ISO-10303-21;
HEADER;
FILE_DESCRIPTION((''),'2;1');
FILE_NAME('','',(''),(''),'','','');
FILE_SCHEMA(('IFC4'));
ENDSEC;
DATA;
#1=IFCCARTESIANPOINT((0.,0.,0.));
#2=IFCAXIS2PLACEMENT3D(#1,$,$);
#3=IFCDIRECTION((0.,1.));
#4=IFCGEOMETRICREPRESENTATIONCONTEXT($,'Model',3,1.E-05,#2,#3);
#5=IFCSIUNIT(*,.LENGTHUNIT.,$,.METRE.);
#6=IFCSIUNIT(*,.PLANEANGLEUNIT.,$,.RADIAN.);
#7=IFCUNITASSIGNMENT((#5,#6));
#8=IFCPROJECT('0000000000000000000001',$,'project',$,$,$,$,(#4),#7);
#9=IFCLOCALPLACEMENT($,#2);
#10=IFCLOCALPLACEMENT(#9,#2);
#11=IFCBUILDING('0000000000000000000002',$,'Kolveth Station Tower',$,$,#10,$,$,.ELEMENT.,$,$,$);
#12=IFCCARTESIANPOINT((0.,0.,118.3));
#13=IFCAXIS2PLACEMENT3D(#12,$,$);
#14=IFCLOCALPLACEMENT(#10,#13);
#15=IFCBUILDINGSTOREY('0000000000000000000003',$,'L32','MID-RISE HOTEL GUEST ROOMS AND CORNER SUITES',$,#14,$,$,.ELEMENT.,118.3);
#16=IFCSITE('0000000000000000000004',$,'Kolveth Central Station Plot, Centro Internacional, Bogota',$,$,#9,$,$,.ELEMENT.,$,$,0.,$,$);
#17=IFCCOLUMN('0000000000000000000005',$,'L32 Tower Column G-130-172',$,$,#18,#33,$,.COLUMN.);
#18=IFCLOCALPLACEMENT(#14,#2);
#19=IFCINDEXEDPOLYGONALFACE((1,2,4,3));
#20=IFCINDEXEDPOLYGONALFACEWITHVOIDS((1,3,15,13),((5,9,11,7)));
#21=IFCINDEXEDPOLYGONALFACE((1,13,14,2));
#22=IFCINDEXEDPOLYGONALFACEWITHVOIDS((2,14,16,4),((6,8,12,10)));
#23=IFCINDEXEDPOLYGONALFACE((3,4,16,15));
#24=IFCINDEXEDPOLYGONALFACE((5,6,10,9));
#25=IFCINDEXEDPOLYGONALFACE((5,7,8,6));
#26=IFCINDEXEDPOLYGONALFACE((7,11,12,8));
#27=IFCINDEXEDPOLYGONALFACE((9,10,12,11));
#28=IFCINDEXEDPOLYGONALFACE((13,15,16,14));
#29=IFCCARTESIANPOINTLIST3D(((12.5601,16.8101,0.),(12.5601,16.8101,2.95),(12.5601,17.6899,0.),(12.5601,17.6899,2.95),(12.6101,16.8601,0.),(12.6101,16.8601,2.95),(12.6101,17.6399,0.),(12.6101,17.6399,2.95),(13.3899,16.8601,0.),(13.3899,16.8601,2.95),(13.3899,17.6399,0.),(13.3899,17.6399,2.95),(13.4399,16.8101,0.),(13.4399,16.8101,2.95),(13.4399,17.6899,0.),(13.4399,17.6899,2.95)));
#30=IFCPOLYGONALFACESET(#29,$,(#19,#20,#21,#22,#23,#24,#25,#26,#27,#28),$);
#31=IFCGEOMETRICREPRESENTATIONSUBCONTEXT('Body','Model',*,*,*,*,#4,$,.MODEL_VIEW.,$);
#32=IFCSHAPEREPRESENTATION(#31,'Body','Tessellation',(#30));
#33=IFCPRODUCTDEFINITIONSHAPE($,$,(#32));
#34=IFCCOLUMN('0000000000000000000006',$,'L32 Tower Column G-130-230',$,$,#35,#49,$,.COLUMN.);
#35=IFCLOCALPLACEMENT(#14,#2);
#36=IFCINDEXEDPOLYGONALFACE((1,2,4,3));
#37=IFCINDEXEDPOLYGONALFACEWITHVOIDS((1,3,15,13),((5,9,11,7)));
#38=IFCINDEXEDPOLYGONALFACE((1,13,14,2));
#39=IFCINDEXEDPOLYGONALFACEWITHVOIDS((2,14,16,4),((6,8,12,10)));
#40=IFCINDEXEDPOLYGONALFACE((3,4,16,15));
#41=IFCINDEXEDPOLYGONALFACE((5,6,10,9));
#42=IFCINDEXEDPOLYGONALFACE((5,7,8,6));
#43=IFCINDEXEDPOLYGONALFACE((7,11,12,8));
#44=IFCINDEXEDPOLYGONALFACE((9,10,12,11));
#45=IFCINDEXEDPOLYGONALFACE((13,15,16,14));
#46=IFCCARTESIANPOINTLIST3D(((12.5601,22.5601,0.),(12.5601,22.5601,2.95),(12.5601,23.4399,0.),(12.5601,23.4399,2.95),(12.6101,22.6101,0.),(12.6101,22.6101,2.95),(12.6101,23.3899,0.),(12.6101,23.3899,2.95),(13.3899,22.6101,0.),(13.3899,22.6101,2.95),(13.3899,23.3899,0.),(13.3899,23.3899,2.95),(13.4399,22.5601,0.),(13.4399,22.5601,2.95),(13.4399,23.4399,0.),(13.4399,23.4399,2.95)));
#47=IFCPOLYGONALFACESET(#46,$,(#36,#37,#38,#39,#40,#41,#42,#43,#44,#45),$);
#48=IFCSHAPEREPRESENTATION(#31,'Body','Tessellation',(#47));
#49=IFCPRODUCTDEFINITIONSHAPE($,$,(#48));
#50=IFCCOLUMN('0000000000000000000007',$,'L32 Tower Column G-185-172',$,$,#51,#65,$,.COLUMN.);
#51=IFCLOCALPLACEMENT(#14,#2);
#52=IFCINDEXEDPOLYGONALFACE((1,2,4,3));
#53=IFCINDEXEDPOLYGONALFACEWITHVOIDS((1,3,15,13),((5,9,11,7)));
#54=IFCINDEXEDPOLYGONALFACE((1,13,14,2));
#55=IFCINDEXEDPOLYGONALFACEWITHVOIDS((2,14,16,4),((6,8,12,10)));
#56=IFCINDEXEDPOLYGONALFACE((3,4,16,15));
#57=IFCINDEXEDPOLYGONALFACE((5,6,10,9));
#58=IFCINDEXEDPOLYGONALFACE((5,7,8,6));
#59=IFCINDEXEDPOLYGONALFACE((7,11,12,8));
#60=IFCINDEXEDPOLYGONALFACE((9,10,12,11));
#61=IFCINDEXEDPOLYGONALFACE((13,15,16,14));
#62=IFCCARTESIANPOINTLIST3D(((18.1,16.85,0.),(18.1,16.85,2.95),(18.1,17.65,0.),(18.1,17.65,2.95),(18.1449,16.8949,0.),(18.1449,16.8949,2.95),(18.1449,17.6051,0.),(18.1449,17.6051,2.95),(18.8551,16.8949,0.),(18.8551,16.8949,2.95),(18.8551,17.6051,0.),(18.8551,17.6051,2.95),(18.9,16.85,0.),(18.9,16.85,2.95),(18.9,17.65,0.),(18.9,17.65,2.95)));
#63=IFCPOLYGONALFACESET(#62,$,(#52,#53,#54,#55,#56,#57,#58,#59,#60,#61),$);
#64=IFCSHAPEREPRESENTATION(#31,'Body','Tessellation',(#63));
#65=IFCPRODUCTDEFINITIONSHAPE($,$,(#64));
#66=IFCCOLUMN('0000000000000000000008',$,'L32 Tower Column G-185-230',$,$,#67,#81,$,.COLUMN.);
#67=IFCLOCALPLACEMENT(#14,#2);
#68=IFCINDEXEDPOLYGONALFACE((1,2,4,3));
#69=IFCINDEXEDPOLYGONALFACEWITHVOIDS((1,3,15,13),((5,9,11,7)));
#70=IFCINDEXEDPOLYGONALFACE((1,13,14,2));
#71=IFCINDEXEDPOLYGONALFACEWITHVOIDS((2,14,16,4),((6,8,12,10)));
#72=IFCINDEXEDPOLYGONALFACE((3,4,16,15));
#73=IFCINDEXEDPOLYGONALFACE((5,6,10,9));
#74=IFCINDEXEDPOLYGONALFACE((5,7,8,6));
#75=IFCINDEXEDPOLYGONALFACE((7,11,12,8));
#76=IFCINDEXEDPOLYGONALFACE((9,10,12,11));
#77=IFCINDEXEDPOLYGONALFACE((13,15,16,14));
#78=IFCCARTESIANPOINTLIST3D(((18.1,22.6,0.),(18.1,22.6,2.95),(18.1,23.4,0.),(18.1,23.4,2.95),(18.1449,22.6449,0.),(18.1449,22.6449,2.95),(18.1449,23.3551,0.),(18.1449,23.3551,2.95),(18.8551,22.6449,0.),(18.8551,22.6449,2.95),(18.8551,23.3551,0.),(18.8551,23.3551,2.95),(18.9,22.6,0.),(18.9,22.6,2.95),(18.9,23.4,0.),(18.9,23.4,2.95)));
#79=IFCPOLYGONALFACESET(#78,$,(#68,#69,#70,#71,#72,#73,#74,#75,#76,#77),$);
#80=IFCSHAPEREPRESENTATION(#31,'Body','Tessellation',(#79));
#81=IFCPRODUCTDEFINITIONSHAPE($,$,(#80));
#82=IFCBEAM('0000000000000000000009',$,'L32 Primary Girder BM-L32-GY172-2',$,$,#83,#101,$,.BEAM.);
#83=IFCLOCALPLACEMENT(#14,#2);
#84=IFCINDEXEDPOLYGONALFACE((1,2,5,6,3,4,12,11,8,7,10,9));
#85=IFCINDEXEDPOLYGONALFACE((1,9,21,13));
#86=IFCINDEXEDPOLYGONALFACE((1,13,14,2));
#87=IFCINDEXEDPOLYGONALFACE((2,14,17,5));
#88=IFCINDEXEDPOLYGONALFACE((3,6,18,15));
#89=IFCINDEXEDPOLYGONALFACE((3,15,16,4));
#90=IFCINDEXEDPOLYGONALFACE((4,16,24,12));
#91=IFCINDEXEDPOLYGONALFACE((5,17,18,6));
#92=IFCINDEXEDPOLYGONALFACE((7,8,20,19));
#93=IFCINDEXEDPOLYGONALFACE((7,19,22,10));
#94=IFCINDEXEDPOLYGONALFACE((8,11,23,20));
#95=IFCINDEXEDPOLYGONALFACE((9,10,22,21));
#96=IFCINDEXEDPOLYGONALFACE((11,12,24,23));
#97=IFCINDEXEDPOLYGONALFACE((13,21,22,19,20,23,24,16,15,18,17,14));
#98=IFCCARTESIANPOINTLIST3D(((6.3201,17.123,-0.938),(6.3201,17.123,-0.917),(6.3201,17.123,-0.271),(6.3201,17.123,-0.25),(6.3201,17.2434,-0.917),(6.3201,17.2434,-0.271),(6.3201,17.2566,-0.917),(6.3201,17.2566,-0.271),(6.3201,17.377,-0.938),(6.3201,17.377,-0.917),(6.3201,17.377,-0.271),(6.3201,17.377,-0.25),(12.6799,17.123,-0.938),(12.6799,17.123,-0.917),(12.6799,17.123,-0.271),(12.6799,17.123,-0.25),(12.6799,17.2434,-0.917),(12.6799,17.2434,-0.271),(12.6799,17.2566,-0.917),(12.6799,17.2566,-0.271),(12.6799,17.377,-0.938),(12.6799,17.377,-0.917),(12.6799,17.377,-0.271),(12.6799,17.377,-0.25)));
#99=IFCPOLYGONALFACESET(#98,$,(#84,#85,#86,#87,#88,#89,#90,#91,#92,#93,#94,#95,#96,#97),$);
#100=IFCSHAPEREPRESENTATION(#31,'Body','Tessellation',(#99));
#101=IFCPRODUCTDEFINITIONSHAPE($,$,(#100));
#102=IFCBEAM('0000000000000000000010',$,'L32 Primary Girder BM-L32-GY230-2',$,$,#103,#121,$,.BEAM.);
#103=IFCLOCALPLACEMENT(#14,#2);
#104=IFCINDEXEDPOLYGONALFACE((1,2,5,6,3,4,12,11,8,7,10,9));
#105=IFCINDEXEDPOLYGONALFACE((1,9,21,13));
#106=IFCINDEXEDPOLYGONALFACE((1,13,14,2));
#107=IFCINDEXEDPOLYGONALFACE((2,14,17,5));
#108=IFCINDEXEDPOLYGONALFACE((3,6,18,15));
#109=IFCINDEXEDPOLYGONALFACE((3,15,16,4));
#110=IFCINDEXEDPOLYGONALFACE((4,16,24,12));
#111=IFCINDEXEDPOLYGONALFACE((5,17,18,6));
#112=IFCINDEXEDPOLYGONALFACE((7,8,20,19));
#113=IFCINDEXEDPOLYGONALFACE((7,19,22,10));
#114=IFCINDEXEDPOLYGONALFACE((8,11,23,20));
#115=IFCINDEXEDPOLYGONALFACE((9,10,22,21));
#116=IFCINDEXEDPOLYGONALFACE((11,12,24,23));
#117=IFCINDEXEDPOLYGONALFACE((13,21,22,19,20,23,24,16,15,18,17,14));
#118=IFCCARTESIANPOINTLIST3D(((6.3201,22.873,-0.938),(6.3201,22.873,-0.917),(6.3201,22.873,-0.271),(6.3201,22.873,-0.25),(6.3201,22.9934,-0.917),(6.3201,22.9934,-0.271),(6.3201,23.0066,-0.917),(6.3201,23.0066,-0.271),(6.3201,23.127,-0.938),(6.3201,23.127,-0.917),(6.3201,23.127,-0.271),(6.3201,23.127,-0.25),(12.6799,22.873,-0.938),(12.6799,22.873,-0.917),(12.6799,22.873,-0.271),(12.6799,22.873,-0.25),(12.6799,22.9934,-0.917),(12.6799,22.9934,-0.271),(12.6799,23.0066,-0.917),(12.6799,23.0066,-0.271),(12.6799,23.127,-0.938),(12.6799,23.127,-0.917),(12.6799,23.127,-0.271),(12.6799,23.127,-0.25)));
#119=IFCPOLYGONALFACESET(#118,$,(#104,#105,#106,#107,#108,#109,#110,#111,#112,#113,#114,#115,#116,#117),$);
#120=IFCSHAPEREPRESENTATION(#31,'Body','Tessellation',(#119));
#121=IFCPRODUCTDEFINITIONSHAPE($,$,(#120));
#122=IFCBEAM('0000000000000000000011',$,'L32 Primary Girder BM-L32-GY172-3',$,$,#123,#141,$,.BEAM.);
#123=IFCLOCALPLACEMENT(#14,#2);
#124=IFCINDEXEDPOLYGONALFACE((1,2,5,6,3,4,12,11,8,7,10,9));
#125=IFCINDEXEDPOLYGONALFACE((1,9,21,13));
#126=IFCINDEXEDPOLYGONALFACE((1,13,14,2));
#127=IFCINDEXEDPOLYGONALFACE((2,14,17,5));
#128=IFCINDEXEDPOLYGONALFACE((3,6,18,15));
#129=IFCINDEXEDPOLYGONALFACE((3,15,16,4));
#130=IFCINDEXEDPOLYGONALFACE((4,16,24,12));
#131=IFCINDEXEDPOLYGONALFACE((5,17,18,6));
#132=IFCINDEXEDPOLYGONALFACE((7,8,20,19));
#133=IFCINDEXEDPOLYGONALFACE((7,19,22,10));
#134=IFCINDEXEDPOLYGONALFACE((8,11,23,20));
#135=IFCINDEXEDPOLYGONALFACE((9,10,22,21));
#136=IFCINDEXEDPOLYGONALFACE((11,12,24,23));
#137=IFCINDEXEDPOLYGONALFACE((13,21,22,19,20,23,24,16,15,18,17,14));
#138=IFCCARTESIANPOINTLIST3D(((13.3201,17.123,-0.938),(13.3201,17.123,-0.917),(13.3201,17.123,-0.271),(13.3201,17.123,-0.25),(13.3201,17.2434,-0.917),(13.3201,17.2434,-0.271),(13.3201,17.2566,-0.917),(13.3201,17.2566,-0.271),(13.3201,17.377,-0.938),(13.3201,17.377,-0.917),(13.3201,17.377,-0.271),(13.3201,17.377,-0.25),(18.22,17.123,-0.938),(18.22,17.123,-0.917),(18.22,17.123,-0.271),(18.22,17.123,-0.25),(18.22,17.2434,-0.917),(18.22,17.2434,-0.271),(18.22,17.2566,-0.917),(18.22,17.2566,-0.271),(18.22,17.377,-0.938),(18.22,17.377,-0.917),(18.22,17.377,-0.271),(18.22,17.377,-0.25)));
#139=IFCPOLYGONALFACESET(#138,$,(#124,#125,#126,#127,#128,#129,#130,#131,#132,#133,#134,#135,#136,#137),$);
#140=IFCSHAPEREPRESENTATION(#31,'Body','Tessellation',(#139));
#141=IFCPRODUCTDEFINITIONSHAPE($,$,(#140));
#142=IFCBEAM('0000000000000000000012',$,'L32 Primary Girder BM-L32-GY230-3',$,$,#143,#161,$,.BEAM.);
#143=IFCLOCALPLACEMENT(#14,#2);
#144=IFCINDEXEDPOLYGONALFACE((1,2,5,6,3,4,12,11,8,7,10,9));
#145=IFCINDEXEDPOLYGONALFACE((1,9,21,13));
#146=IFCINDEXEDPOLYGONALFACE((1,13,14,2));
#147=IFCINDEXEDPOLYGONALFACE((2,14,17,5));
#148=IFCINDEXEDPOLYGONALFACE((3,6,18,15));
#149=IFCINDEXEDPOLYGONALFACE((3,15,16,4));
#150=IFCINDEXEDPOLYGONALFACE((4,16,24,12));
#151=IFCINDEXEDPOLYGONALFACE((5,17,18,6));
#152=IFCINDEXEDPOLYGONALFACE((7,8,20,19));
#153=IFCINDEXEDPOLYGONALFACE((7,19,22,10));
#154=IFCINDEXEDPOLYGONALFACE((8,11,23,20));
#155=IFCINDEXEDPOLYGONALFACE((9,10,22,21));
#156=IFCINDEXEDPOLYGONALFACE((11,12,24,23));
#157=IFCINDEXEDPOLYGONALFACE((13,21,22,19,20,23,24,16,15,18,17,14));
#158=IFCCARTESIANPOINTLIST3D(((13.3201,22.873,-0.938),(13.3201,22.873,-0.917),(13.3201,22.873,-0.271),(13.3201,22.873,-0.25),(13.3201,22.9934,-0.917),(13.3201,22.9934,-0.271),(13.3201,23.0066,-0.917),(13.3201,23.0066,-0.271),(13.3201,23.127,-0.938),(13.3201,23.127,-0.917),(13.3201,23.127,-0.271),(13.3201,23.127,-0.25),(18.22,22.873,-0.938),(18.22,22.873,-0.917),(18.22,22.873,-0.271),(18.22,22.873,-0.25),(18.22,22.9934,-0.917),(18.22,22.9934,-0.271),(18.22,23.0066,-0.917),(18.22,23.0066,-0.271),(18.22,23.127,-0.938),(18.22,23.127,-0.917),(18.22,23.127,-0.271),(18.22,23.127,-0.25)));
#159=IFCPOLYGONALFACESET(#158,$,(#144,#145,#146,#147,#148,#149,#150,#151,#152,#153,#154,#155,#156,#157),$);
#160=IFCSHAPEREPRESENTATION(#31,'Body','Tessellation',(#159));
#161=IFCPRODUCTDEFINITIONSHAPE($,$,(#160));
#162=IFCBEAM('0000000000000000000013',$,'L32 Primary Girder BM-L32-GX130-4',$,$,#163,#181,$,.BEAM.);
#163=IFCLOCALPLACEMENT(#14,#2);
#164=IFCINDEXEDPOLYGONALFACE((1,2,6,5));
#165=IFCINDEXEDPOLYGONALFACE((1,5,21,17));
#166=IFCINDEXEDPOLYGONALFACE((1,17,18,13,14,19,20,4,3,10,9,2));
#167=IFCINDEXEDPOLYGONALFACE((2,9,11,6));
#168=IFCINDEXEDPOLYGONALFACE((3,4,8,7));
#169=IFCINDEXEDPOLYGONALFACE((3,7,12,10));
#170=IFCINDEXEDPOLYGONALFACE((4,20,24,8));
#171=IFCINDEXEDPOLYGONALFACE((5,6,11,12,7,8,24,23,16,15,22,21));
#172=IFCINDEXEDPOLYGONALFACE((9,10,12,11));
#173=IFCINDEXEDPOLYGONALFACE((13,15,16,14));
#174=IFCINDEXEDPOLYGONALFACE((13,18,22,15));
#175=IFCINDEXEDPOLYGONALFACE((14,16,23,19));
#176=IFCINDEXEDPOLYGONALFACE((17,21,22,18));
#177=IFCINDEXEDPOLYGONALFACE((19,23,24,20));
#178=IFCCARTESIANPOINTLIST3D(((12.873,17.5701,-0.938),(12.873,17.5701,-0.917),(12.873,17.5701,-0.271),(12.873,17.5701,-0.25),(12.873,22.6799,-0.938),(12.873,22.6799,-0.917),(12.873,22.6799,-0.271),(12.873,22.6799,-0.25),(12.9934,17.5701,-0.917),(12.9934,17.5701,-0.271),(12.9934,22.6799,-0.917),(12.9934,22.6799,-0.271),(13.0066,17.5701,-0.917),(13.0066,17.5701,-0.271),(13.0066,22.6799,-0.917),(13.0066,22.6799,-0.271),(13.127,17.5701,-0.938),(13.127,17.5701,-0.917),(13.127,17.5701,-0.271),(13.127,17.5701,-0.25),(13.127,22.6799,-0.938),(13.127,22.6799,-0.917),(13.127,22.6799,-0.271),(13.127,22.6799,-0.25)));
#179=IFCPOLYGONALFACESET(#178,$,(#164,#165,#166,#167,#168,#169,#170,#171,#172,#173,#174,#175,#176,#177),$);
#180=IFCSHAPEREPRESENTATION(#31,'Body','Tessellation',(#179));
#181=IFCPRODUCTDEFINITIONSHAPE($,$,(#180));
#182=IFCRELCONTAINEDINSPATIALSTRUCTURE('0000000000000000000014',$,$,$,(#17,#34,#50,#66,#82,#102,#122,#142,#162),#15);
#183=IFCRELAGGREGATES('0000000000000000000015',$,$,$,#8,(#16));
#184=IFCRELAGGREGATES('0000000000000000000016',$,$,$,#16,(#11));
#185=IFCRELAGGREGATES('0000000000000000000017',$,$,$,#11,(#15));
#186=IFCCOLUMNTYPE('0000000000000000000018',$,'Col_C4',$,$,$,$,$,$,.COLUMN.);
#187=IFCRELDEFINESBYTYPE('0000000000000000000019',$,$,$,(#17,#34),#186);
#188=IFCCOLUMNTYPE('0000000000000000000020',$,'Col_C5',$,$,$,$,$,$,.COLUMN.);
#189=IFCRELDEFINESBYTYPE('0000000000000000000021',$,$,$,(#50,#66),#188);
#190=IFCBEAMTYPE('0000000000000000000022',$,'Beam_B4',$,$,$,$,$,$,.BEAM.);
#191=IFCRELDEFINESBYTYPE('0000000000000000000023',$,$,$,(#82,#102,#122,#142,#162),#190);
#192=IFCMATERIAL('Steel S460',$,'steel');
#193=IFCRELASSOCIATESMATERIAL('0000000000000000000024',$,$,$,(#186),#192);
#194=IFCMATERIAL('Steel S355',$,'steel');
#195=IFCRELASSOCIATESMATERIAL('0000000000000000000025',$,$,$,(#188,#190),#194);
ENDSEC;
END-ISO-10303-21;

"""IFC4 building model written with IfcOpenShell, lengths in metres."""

from ifc_helpers import new_model, si_unit, direction, frame, origin, origin_2d, place, context, subcontext, project, spatial, hollow_rectangle, i_section, extrude, source, transform, mapped, material, material_profile, profile_set, type_object, element, save


model = new_model("IFC4")

# Units and contexts
model_context = context("Model", 3, precision=1e-05, world=origin(), true_north=direction((0.0, 1.0)))
body_context = subcontext(model_context, "Body", "Model", "MODEL_VIEW")
ifc_project = project(units=[si_unit("LENGTHUNIT", "METRE"), si_unit("PLANEANGLEUNIT", "RADIAN")], contexts=[model_context])

# Site, building, storey
site_placement = place(None, origin())
site = spatial("IfcSite", under=ifc_project, at=site_placement, Name="Kolveth Central Station Plot, Centro Internacional, Bogota", CompositionType="ELEMENT", RefElevation=0.0)
building_placement = place(site_placement, origin())
building = spatial("IfcBuilding", under=site, at=building_placement, Name="Kolveth Station Tower", CompositionType="ELEMENT")
storey_placement = place(building_placement, frame((0.0, 0.0, 118.3)))
storey = spatial("IfcBuildingStorey", under=building, at=storey_placement, Name="L32", Description="MID-RISE HOTEL GUEST ROOMS AND CORNER SUITES", CompositionType="ELEMENT", Elevation=118.3)

# Columns
ifc_material_1 = material(Name="Steel S460", Category="steel")
ifc_material_profile_1 = material_profile(ifc_material_1, hollow_rectangle(XDim=0.8799, YDim=0.8799, WallThickness=0.05, at=origin_2d()), Name="BOX880x880x50")
ifc_profile_set_1 = profile_set([ifc_material_profile_1], Name="Steel S460")
column_type_1 = type_object("IfcColumnType", Name="Col_C4", PredefinedType="COLUMN", material=ifc_profile_set_1)
shared_shape_1 = source(origin(), body_context, "Body", "SweptSolid", [
    extrude(hollow_rectangle(XDim=0.8799, YDim=0.8799, WallThickness=0.05, at=origin_2d()), origin(), (0.0, 0.0, 1.0), 2.95),
])
for number, where, z_axis, x_axis, name in (
    (1, (13.0, 17.25, 0.0), (0.0, 0.0, 1.0), (1.0, 0.0, 0.0), "L32 Tower Column G-130-172"),
    (2, (13.0, 23.0, 0.0), (0.0, 0.0, 1.0), (1.0, 0.0, 0.0), "L32 Tower Column G-130-230"),
):
    element("IfcColumn", number, at=place(storey_placement, frame(where, z_axis=z_axis, x_axis=x_axis)), inside=storey, type_object=column_type_1, Name=name, PredefinedType="COLUMN", context=body_context, shape_type="MappedRepresentation", body=[
        mapped(shared_shape_1, transform((0.0, 0.0, 0.0), x_axis=(1.0, 0.0, 0.0), y_axis=(0.0, 1.0, 0.0), z_axis=(0.0, 0.0, 1.0), scale=1.0)),
    ])
ifc_material_2 = material(Name="Steel S355", Category="steel")
ifc_material_profile_2 = material_profile(ifc_material_2, hollow_rectangle(XDim=0.8, YDim=0.8, WallThickness=0.0449, at=origin_2d()), Name="BOX800x800x45")
ifc_profile_set_2 = profile_set([ifc_material_profile_2], Name="Steel S355")
column_type_2 = type_object("IfcColumnType", Name="Col_C5", PredefinedType="COLUMN", material=ifc_profile_set_2)
shared_shape_2 = source(origin(), body_context, "Body", "SweptSolid", [
    extrude(hollow_rectangle(XDim=0.8, YDim=0.8, WallThickness=0.0449, at=origin_2d()), origin(), (0.0, 0.0, 1.0), 2.95),
])
for number, where, z_axis, x_axis, name in (
    (3, (18.5, 17.25, 0.0), (0.0, 0.0, 1.0), (1.0, 0.0, 0.0), "L32 Tower Column G-185-172"),
    (4, (18.5, 23.0, 0.0), (0.0, 0.0, 1.0), (1.0, 0.0, 0.0), "L32 Tower Column G-185-230"),
):
    element("IfcColumn", number, at=place(storey_placement, frame(where, z_axis=z_axis, x_axis=x_axis)), inside=storey, type_object=column_type_2, Name=name, PredefinedType="COLUMN", context=body_context, shape_type="MappedRepresentation", body=[
        mapped(shared_shape_2, transform((0.0, 0.0, 0.0), x_axis=(1.0, 0.0, 0.0), y_axis=(0.0, 1.0, 0.0), z_axis=(0.0, 0.0, 1.0), scale=1.0)),
    ])

# Beams
ifc_material_profile_3 = material_profile(ifc_material_2, i_section(OverallWidth=0.2539, OverallDepth=0.688, WebThickness=0.0132, FlangeThickness=0.021, at=origin_2d()), Name="W690x152")
ifc_profile_set_3 = profile_set([ifc_material_profile_3], Name="Steel S355")
beam_type_1 = type_object("IfcBeamType", Name="Beam_B4", PredefinedType="BEAM", material=ifc_profile_set_3)
shared_shape_3 = source(origin(), body_context, "Body", "SweptSolid", [
    extrude(i_section(OverallWidth=0.2539, OverallDepth=0.688, WebThickness=0.0132, FlangeThickness=0.021, at=origin_2d()), origin(), (0.0, 0.0, 1.0), 6.3599),
])
for number, where, z_axis, x_axis, name in (
    (5, (6.3201, 17.25, -0.594), (1.0, 0.0, 0.0), (0.0, 1.0, 0.0), "L32 Primary Girder BM-L32-GY172-2"),
    (6, (6.3201, 23.0, -0.594), (1.0, 0.0, 0.0), (0.0, 1.0, 0.0), "L32 Primary Girder BM-L32-GY230-2"),
):
    element("IfcBeam", number, at=place(storey_placement, frame(where, z_axis=z_axis, x_axis=x_axis)), inside=storey, type_object=beam_type_1, Name=name, PredefinedType="BEAM", context=body_context, shape_type="MappedRepresentation", body=[
        mapped(shared_shape_3, transform((0.0, 0.0, 0.0), x_axis=(1.0, 0.0, 0.0), y_axis=(0.0, 1.0, 0.0), z_axis=(0.0, 0.0, 1.0), scale=1.0)),
    ])
shared_shape_4 = source(origin(), body_context, "Body", "SweptSolid", [
    extrude(i_section(OverallWidth=0.2539, OverallDepth=0.688, WebThickness=0.0132, FlangeThickness=0.021, at=origin_2d()), origin(), (0.0, 0.0, 1.0), 4.8999),
])
for number, where, z_axis, x_axis, name in (
    (7, (13.3201, 17.25, -0.594), (1.0, 0.0, 0.0), (0.0, 1.0, 0.0), "L32 Primary Girder BM-L32-GY172-3"),
    (8, (13.3201, 23.0, -0.594), (1.0, 0.0, 0.0), (0.0, 1.0, 0.0), "L32 Primary Girder BM-L32-GY230-3"),
):
    element("IfcBeam", number, at=place(storey_placement, frame(where, z_axis=z_axis, x_axis=x_axis)), inside=storey, type_object=beam_type_1, Name=name, PredefinedType="BEAM", context=body_context, shape_type="MappedRepresentation", body=[
        mapped(shared_shape_4, transform((0.0, 0.0, 0.0), x_axis=(1.0, 0.0, 0.0), y_axis=(0.0, 1.0, 0.0), z_axis=(0.0, 0.0, 1.0), scale=1.0)),
    ])
shared_shape_5 = source(origin(), body_context, "Body", "SweptSolid", [
    extrude(i_section(OverallWidth=0.2539, OverallDepth=0.688, WebThickness=0.0132, FlangeThickness=0.021, at=origin_2d()), origin(), (0.0, 0.0, 1.0), 5.1099),
])
for number, where, z_axis, x_axis, name in (
    (9, (13.0, 17.5701, -0.594), (0.0, 1.0, 0.0), (-1.0, 0.0, 0.0), "L32 Primary Girder BM-L32-GX130-4"),
):
    element("IfcBeam", number, at=place(storey_placement, frame(where, z_axis=z_axis, x_axis=x_axis)), inside=storey, type_object=beam_type_1, Name=name, PredefinedType="BEAM", context=body_context, shape_type="MappedRepresentation", body=[
        mapped(shared_shape_5, transform((0.0, 0.0, 0.0), x_axis=(1.0, 0.0, 0.0), y_axis=(0.0, 1.0, 0.0), z_axis=(0.0, 0.0, 1.0), scale=1.0)),
    ])

save(model, "model.ifc")
